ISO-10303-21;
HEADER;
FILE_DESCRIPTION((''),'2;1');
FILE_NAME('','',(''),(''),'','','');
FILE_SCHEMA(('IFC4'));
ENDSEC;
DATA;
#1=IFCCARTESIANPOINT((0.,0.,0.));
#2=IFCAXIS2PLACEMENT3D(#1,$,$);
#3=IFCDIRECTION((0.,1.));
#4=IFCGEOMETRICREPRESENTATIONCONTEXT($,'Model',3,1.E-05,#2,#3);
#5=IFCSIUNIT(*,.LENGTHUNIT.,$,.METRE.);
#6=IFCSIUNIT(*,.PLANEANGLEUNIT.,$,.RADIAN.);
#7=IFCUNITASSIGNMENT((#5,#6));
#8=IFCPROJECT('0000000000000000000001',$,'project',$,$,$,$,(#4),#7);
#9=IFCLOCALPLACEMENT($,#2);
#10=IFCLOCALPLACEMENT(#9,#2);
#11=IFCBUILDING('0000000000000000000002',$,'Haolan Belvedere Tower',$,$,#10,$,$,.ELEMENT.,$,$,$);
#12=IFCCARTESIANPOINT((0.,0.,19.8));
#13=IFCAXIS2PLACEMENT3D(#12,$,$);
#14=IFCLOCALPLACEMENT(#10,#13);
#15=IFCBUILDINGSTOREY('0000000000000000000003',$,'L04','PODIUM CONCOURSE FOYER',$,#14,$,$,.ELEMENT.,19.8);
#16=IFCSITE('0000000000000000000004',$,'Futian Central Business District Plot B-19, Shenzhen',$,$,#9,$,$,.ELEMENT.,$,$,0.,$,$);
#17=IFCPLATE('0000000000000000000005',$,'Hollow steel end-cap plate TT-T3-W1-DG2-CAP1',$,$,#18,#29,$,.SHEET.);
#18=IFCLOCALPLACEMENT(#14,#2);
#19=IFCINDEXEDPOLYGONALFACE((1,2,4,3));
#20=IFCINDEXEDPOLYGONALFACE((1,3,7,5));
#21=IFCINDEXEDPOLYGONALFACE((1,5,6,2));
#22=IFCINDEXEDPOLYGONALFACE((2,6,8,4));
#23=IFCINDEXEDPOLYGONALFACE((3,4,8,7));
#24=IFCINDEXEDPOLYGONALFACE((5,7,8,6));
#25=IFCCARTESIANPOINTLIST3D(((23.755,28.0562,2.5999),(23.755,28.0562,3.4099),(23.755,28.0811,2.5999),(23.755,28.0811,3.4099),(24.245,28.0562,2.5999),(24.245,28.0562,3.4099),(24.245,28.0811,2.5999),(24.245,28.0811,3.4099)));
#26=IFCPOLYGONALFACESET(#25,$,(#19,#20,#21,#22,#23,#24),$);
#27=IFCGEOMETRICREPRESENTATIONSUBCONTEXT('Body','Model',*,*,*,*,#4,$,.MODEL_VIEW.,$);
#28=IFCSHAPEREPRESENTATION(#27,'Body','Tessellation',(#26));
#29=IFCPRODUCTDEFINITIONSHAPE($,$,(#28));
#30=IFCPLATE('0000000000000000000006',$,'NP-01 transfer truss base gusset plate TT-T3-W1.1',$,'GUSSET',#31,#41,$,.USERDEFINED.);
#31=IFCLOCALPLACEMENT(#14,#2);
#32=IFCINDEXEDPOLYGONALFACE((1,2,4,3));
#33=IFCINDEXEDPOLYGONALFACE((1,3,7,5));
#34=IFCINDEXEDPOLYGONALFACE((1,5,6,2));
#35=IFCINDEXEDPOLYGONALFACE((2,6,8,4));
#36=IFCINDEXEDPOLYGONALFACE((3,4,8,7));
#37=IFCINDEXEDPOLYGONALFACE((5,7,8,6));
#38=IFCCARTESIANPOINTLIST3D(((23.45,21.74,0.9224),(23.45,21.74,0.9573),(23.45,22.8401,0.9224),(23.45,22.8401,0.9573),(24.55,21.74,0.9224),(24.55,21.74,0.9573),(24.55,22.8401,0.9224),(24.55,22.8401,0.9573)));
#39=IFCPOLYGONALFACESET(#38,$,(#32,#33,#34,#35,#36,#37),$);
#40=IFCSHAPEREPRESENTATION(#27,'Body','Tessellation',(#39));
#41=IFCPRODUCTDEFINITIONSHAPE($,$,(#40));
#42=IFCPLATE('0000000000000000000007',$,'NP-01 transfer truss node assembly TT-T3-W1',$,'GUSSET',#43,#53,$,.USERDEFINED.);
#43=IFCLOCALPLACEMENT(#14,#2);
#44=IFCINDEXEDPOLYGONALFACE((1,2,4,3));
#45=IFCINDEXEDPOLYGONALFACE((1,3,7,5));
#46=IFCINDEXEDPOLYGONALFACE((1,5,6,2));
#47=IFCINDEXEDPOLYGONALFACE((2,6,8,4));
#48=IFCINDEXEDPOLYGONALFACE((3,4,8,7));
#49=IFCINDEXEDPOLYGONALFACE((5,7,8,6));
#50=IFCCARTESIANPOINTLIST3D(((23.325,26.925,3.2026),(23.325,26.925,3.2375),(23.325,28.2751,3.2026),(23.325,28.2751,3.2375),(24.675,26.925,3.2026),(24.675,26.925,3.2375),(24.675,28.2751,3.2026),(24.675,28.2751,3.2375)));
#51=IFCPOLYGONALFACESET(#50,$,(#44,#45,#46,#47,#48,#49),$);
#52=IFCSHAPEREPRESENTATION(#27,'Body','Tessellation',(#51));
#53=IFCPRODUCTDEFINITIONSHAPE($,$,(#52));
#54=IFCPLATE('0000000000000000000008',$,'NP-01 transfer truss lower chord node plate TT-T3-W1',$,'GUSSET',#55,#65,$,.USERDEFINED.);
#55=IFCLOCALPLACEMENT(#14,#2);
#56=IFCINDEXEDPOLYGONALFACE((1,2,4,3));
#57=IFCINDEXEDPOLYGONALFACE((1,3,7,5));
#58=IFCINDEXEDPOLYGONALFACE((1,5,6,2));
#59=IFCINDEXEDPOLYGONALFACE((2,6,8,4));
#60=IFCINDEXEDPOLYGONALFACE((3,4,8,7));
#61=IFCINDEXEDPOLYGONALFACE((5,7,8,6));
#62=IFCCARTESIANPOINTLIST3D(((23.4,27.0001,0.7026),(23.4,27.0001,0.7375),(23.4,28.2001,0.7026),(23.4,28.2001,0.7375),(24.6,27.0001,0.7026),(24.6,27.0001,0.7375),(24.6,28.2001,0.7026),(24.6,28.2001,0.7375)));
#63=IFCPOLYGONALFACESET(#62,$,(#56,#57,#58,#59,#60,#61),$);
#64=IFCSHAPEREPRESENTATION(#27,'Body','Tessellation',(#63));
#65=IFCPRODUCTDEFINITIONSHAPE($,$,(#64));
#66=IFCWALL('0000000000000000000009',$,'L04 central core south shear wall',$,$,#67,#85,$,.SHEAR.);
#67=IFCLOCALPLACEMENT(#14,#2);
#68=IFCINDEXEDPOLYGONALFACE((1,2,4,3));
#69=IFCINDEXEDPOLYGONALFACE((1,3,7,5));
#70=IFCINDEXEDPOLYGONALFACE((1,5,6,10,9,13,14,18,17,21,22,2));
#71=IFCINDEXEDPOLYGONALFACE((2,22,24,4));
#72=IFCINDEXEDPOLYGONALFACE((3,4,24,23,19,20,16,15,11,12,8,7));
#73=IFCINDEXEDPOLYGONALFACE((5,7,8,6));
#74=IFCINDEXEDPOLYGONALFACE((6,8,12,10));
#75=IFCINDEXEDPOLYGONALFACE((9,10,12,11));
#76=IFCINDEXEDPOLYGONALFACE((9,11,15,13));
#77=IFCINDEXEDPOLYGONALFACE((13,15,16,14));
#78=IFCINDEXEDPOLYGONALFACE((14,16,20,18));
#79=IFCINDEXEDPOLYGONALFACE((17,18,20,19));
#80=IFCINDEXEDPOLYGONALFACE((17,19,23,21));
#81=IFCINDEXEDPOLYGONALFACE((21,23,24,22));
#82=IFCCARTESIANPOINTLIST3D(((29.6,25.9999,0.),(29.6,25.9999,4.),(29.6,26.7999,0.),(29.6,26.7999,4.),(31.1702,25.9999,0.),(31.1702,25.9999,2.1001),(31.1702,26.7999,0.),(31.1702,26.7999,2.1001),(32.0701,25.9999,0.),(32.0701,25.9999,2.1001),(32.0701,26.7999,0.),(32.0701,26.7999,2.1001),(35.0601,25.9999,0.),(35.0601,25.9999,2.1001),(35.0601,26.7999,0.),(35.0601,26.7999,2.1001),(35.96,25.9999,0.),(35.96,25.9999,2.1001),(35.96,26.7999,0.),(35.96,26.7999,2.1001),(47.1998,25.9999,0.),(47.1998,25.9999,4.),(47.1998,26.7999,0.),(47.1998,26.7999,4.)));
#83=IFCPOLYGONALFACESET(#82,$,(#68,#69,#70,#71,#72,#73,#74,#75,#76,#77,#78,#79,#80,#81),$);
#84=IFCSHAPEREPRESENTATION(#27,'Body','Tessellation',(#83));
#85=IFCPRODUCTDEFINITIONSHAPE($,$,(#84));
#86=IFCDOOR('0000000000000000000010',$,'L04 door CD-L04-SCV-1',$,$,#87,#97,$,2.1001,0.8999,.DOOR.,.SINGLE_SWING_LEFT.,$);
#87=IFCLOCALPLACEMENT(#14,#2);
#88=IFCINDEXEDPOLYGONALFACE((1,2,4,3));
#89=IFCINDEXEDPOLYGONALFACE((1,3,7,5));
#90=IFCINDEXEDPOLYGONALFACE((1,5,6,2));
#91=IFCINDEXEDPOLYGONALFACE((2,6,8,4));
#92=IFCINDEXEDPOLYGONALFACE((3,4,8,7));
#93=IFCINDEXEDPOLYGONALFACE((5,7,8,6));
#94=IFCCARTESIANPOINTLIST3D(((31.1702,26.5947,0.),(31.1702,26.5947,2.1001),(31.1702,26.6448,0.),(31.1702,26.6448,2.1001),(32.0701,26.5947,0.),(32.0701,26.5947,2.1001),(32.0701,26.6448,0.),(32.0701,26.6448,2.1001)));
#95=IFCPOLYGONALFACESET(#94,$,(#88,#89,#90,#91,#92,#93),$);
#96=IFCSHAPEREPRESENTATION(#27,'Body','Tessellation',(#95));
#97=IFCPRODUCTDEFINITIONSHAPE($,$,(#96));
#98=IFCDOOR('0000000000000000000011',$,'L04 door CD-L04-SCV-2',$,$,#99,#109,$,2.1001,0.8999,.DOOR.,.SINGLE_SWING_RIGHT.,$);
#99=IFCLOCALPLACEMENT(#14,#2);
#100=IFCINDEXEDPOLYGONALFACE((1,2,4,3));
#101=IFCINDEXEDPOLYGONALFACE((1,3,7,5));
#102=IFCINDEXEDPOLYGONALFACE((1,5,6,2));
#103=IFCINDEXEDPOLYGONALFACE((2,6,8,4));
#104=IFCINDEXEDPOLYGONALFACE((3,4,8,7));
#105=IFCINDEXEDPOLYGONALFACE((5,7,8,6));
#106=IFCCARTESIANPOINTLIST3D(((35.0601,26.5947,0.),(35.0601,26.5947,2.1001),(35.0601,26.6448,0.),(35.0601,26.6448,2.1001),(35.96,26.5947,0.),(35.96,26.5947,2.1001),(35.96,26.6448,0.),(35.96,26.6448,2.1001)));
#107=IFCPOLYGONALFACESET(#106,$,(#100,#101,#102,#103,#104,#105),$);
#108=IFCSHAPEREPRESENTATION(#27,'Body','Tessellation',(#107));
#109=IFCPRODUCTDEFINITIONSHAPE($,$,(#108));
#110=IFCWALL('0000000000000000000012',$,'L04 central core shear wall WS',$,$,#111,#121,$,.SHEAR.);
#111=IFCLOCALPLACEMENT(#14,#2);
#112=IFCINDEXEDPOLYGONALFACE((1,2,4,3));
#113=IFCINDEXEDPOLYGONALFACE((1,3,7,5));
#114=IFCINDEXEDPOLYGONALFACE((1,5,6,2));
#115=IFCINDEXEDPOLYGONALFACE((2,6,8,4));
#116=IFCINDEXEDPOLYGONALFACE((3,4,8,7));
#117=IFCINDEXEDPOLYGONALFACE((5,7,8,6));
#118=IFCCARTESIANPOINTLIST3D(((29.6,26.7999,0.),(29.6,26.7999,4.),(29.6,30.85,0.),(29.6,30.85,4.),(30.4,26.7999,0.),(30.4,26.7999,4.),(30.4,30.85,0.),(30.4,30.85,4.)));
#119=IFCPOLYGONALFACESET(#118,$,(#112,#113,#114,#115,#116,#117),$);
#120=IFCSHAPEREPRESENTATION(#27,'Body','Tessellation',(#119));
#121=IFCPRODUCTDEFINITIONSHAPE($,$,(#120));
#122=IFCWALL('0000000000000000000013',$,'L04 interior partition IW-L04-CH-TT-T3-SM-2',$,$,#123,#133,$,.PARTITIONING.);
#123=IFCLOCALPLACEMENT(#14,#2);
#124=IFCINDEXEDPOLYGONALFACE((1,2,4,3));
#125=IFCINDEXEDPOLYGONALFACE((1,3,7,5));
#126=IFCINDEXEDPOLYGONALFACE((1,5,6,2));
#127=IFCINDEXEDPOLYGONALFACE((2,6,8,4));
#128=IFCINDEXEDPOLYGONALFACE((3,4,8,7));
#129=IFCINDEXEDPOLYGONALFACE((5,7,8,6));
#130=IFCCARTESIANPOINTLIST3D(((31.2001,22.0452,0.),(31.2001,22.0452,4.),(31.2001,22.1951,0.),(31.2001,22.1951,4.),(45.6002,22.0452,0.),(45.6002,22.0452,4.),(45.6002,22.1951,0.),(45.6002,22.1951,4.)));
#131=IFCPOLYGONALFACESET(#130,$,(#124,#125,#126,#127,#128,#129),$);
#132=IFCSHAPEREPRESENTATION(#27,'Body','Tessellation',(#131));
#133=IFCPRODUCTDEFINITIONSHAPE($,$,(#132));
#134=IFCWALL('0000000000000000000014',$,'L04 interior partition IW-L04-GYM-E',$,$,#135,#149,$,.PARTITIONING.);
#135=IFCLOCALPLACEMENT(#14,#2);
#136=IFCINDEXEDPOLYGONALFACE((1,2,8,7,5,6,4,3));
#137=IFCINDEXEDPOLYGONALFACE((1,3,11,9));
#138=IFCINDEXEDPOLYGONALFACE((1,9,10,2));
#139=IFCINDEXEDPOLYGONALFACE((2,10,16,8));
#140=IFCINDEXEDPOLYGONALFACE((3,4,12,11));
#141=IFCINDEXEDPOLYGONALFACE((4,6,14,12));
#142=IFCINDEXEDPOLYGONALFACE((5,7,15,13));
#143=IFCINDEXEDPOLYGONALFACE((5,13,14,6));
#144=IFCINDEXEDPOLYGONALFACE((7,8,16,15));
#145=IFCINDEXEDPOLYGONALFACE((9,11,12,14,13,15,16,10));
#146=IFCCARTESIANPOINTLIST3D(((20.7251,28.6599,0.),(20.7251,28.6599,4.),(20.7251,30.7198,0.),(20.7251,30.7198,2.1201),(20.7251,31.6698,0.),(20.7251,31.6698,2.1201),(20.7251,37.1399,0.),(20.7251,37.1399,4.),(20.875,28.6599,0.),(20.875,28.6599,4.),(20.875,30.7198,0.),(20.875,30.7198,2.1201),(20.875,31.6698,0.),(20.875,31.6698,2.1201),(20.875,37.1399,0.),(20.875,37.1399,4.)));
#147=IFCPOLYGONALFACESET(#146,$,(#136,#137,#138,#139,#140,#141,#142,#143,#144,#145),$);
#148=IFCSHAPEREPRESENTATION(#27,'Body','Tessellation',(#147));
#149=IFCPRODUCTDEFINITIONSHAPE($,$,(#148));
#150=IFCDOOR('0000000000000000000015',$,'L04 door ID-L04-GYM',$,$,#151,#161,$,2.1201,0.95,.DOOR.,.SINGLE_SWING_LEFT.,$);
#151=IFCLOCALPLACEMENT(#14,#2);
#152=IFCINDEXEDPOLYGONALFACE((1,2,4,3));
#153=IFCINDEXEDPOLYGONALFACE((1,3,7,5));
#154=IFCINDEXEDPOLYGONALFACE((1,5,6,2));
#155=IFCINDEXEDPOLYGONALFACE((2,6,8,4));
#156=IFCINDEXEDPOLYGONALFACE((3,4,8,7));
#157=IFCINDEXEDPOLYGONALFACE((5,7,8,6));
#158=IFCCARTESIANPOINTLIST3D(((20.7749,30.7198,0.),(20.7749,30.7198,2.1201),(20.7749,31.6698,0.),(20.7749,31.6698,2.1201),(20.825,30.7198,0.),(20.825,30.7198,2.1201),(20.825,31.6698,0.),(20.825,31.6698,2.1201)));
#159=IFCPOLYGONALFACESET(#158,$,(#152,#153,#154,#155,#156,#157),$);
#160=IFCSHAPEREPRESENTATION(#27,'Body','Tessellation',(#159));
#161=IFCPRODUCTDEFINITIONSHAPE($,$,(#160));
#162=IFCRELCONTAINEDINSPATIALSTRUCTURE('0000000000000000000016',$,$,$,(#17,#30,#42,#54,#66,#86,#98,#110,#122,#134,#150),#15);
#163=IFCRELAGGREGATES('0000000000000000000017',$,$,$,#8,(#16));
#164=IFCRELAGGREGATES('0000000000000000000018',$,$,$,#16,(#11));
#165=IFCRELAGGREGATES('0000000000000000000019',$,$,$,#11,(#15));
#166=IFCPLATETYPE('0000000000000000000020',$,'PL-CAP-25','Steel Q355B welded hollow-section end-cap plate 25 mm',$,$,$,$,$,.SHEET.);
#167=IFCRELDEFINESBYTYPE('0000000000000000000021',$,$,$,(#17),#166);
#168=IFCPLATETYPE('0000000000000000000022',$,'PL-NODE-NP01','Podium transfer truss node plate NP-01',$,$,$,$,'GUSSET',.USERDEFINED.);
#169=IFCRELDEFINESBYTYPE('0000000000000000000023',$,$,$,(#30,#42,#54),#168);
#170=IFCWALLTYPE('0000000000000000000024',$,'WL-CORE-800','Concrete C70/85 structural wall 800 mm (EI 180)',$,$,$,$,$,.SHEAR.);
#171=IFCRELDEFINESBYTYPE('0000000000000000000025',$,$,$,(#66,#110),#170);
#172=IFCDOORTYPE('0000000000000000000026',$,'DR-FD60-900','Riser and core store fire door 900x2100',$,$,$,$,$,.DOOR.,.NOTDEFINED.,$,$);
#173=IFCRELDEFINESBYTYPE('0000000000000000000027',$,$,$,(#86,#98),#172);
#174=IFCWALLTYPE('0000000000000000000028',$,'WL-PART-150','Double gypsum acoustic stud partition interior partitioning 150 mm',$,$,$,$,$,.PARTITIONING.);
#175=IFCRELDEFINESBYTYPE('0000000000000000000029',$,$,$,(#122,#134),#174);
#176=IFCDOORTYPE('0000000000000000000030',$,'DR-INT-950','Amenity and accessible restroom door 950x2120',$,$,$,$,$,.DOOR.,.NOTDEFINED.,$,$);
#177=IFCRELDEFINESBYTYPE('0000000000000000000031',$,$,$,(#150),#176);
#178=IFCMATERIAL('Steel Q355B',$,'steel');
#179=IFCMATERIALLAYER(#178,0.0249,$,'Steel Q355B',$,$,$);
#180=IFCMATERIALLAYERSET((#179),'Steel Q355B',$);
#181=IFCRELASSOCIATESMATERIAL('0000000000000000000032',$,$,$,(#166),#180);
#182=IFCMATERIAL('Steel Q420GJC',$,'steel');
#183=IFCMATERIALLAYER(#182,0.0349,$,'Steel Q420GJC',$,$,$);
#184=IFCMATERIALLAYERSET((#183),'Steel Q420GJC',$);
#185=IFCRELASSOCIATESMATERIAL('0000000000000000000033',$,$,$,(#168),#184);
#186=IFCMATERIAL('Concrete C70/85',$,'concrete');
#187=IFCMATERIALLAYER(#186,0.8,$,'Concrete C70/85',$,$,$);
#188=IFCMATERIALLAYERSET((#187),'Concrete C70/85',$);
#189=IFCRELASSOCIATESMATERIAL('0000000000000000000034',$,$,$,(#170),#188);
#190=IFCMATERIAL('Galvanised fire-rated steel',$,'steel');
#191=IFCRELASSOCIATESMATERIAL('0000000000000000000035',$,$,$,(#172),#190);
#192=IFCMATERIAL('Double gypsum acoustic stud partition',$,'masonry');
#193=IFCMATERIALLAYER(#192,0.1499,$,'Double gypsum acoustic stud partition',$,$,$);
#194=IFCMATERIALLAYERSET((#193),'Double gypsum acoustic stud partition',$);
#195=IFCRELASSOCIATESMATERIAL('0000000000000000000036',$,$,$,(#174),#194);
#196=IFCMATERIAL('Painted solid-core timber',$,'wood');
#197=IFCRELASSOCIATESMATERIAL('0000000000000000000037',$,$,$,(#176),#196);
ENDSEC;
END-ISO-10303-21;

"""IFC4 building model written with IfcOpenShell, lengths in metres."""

from ifc_helpers import new_model, si_unit, direction, frame, frame_2d, origin, origin_2d, place, context, subcontext, project, spatial, rectangle, extrude, material, layer, layer_set, type_object, element, fill, save


model = new_model("IFC4")

# Units and contexts
model_context = context("Model", 3, precision=1e-05, world=origin(), true_north=direction((0.0, 1.0)))
body_context = subcontext(model_context, "Body", "Model", "MODEL_VIEW")
ifc_project = project(units=[si_unit("LENGTHUNIT", "METRE"), si_unit("PLANEANGLEUNIT", "RADIAN")], contexts=[model_context])

# Site, building, storey
site_placement = place(None, origin())
site = spatial("IfcSite", under=ifc_project, at=site_placement, Name="Futian Central Business District Plot B-19, Shenzhen", CompositionType="ELEMENT", RefElevation=0.0)
building_placement = place(site_placement, origin())
building = spatial("IfcBuilding", under=site, at=building_placement, Name="Haolan Belvedere Tower", CompositionType="ELEMENT")
storey_placement = place(building_placement, frame((0.0, 0.0, 19.8)))
storey = spatial("IfcBuildingStorey", under=building, at=storey_placement, Name="L04", Description="PODIUM CONCOURSE FOYER", CompositionType="ELEMENT", Elevation=19.8)

# Shared definitions
ifc_material_1 = material(Name="Steel Q420GJC", Category="steel")
ifc_material_2 = material(Name="Steel Q355B", Category="steel")

# Plates
ifc_layer_1 = layer(ifc_material_2, 0.0249, Name="Steel Q355B")
ifc_layer_set_1 = layer_set([ifc_layer_1], Name="Steel Q355B")
plate_type_1 = type_object("IfcPlateType", Name="PL-CAP-25", Description="Steel Q355B welded hollow-section end-cap plate 25 mm", PredefinedType="SHEET", material=ifc_layer_set_1)
for number, where, z_axis, x_axis, name in (
    (1, (24.0, 28.0686, 2.5999), (0.0, 0.0, 1.0), (1.0, 0.0, 0.0), "Hollow steel end-cap plate TT-T3-W1-DG2-CAP1"),
):
    element("IfcPlate", number, at=place(storey_placement, frame(where, z_axis=z_axis, x_axis=x_axis)), inside=storey, type_object=plate_type_1, Name=name, PredefinedType="SHEET", context=body_context, shape_type="SweptSolid", body=[
        extrude(rectangle(XDim=0.49, YDim=0.0249, at=origin_2d()), origin(), (0.0, 0.0, 1.0), 0.8101),
    ])
ifc_layer_2 = layer(ifc_material_1, 0.0349, Name="Steel Q420GJC")
ifc_layer_set_2 = layer_set([ifc_layer_2], Name="Steel Q420GJC")
plate_type_2 = type_object("IfcPlateType", Name="PL-NODE-NP01", Description="Podium transfer truss node plate NP-01", ElementType="GUSSET", PredefinedType="USERDEFINED", material=ifc_layer_set_2)
plate_1_placement = place(storey_placement, frame((24.0, 22.29, 0.9224), z_axis=(0.0, 0.0, 1.0), x_axis=(1.0, 0.0, 0.0)))
element("IfcPlate", 2, at=plate_1_placement, inside=storey, type_object=plate_type_2, Name="NP-01 transfer truss base gusset plate TT-T3-W1.1", ObjectType="GUSSET", PredefinedType="USERDEFINED", context=body_context, shape_type="SweptSolid", body=[
    extrude(rectangle(XDim=1.1001, YDim=1.1001, at=origin_2d()), origin(), (0.0, 0.0, 1.0), 0.0349),
])
plate_2_placement = place(storey_placement, frame((24.0, 27.6001, 3.2026), z_axis=(0.0, 0.0, 1.0), x_axis=(1.0, 0.0, 0.0)))
element("IfcPlate", 3, at=plate_2_placement, inside=storey, type_object=plate_type_2, Name="NP-01 transfer truss node assembly TT-T3-W1", ObjectType="GUSSET", PredefinedType="USERDEFINED", context=body_context, shape_type="SweptSolid", body=[
    extrude(rectangle(XDim=1.3501, YDim=1.3501, at=origin_2d()), origin(), (0.0, 0.0, 1.0), 0.0349),
])
plate_3_placement = place(storey_placement, frame((24.0, 27.6001, 0.7026), z_axis=(0.0, 0.0, 1.0), x_axis=(1.0, 0.0, 0.0)))
element("IfcPlate", 4, at=plate_3_placement, inside=storey, type_object=plate_type_2, Name="NP-01 transfer truss lower chord node plate TT-T3-W1", ObjectType="GUSSET", PredefinedType="USERDEFINED", context=body_context, shape_type="SweptSolid", body=[
    extrude(rectangle(XDim=1.2, YDim=1.2, at=origin_2d()), origin(), (0.0, 0.0, 1.0), 0.0349),
])

# Wall, openings, doors
ifc_material_3 = material(Name="Concrete C70/85", Category="concrete")
ifc_layer_3 = layer(ifc_material_3, 0.8, Name="Concrete C70/85")
ifc_layer_set_3 = layer_set([ifc_layer_3], Name="Concrete C70/85")
wall_type_1 = type_object("IfcWallType", Name="WL-CORE-800", Description="Concrete C70/85 structural wall 800 mm (EI 180)", PredefinedType="SHEAR", material=ifc_layer_set_3)
wall_1_placement = place(storey_placement, frame((29.6001, 26.3999, 0.0), z_axis=(0.0, 0.0, 1.0), x_axis=(1.0, 0.0, 0.0)))
wall_1 = element("IfcWall", 5, at=wall_1_placement, inside=storey, type_object=wall_type_1, Name="L04 central core south shear wall", PredefinedType="SHEAR", context=body_context, shape_type="SweptSolid", body=[
    extrude(rectangle(XDim=17.5999, YDim=0.8, at=frame_2d((8.7998, 0.0))), origin(), (0.0, 0.0, 1.0), 4.0),
])
opening_1_placement = place(wall_1_placement, frame((2.47, 0.0, 0.0), z_axis=(0.0, 0.0, 1.0), x_axis=(-1.0, 0.0, 0.0)))
opening_1 = element("IfcOpeningElement", 6, at=opening_1_placement, cuts=wall_1, PredefinedType="OPENING", context=body_context, shape_type="SweptSolid", body=[
    extrude(rectangle(XDim=0.8999, YDim=2.1001, at=frame_2d((0.45, 1.05))), frame((0.0, 0.4099, 0.0), z_axis=(0.0, -1.0, 0.0), x_axis=(1.0, 0.0, 0.0)), (0.0, 0.0, 1.0), 0.8201),
])
opening_2_placement = place(wall_1_placement, frame((6.3599, 0.0, 0.0), z_axis=(0.0, 0.0, 1.0), x_axis=(-1.0, 0.0, 0.0)))
opening_2 = element("IfcOpeningElement", 7, at=opening_2_placement, cuts=wall_1, PredefinedType="OPENING", context=body_context, shape_type="SweptSolid", body=[
    extrude(rectangle(XDim=0.8999, YDim=2.1001, at=frame_2d((0.45, 1.05))), frame((0.0, 0.4099, 0.0), z_axis=(0.0, -1.0, 0.0), x_axis=(1.0, 0.0, 0.0)), (0.0, 0.0, 1.0), 0.8201),
])
ifc_material_4 = material(Name="Galvanised fire-rated steel", Category="steel")
door_type_1 = type_object("IfcDoorType", Name="DR-FD60-900", Description="Riser and core store fire door 900x2100", OperationType="NOTDEFINED", PredefinedType="DOOR", material=ifc_material_4)
door_1_placement = place(opening_1_placement, origin())
door_1 = element("IfcDoor", 8, at=door_1_placement, inside=storey, type_object=door_type_1, Name="L04 door CD-L04-SCV-1", OperationType="SINGLE_SWING_LEFT", OverallHeight=2.1001, OverallWidth=0.8999, PredefinedType="DOOR", context=body_context, shape_type="SweptSolid", body=[
    extrude(rectangle(XDim=0.8999, YDim=2.1001, at=frame_2d((0.45, 1.05))), frame((0.0, -0.1948, 0.0), z_axis=(0.0, -1.0, 0.0), x_axis=(1.0, 0.0, 0.0)), (0.0, 0.0, 1.0), 0.05),
])
fill(opening_1, door_1)
door_2_placement = place(opening_2_placement, origin())
door_2 = element("IfcDoor", 9, at=door_2_placement, inside=storey, type_object=door_type_1, Name="L04 door CD-L04-SCV-2", OperationType="SINGLE_SWING_RIGHT", OverallHeight=2.1001, OverallWidth=0.8999, PredefinedType="DOOR", context=body_context, shape_type="SweptSolid", body=[
    extrude(rectangle(XDim=0.8999, YDim=2.1001, at=frame_2d((0.45, 1.05))), frame((0.0, -0.1948, 0.0), z_axis=(0.0, -1.0, 0.0), x_axis=(1.0, 0.0, 0.0)), (0.0, 0.0, 1.0), 0.05),
])
fill(opening_2, door_2)

# Walls
wall_2_placement = place(storey_placement, frame((30.0, 26.8, 0.0), z_axis=(0.0, 0.0, 1.0), x_axis=(0.0, 1.0, 0.0)))
element("IfcWall", 10, at=wall_2_placement, inside=storey, type_object=wall_type_1, Name="L04 central core shear wall WS", PredefinedType="SHEAR", context=body_context, shape_type="SweptSolid", body=[
    extrude(rectangle(XDim=4.05, YDim=0.8, at=frame_2d((2.0249, 0.0))), origin(), (0.0, 0.0, 1.0), 4.0),
])
ifc_material_5 = material(Name="Double gypsum acoustic stud partition", Category="masonry")
ifc_layer_4 = layer(ifc_material_5, 0.1499, Name="Double gypsum acoustic stud partition")
ifc_layer_set_4 = layer_set([ifc_layer_4], Name="Double gypsum acoustic stud partition")
wall_type_2 = type_object("IfcWallType", Name="WL-PART-150", Description="Double gypsum acoustic stud partition interior partitioning 150 mm", PredefinedType="PARTITIONING", material=ifc_layer_set_4)
wall_3_placement = place(storey_placement, frame((31.2, 22.1201, 0.0), z_axis=(0.0, 0.0, 1.0), x_axis=(1.0, 0.0, 0.0)))
element("IfcWall", 11, at=wall_3_placement, inside=storey, type_object=wall_type_2, Name="L04 interior partition IW-L04-CH-TT-T3-SM-2", PredefinedType="PARTITIONING", context=body_context, shape_type="SweptSolid", body=[
    extrude(rectangle(XDim=14.4001, YDim=0.1499, at=frame_2d((7.2002, 0.0))), origin(), (0.0, 0.0, 1.0), 4.0),
])

# Wall, opening, door
wall_4_placement = place(storey_placement, frame((20.8, 28.6599, 0.0), z_axis=(0.0, 0.0, 1.0), x_axis=(0.0, 1.0, 0.0)))
wall_4 = element("IfcWall", 12, at=wall_4_placement, inside=storey, type_object=wall_type_2, Name="L04 interior partition IW-L04-GYM-E", PredefinedType="PARTITIONING", context=body_context, shape_type="SweptSolid", body=[
    extrude(rectangle(XDim=8.48, YDim=0.1499, at=frame_2d((4.24, 0.0))), origin(), (0.0, 0.0, 1.0), 4.0),
])
opening_3_placement = place(wall_4_placement, frame((3.01, 0.0, 0.0), z_axis=(0.0, 0.0, 1.0), x_axis=(-1.0, 0.0, 0.0)))
opening_3 = element("IfcOpeningElement", 13, at=opening_3_placement, cuts=wall_4, PredefinedType="OPENING", context=body_context, shape_type="SweptSolid", body=[
    extrude(rectangle(XDim=0.95, YDim=2.1201, at=frame_2d((0.4751, 1.0601))), frame((0.0, 0.085, 0.0), z_axis=(0.0, -1.0, 0.0), x_axis=(1.0, 0.0, 0.0)), (0.0, 0.0, 1.0), 0.1699),
])
ifc_material_6 = material(Name="Painted solid-core timber", Category="wood")
door_type_2 = type_object("IfcDoorType", Name="DR-INT-950", Description="Amenity and accessible restroom door 950x2120", OperationType="NOTDEFINED", PredefinedType="DOOR", material=ifc_material_6)
door_3_placement = place(opening_3_placement, origin())
door_3 = element("IfcDoor", 14, at=door_3_placement, inside=storey, type_object=door_type_2, Name="L04 door ID-L04-GYM", OperationType="SINGLE_SWING_LEFT", OverallHeight=2.1201, OverallWidth=0.95, PredefinedType="DOOR", context=body_context, shape_type="SweptSolid", body=[
    extrude(rectangle(XDim=0.95, YDim=2.1201, at=frame_2d((0.4751, 1.0601))), frame((0.0, 0.0249, 0.0), z_axis=(0.0, -1.0, 0.0), x_axis=(1.0, 0.0, 0.0)), (0.0, 0.0, 1.0), 0.05),
])
fill(opening_3, door_3)

save(model, "model.ifc")
